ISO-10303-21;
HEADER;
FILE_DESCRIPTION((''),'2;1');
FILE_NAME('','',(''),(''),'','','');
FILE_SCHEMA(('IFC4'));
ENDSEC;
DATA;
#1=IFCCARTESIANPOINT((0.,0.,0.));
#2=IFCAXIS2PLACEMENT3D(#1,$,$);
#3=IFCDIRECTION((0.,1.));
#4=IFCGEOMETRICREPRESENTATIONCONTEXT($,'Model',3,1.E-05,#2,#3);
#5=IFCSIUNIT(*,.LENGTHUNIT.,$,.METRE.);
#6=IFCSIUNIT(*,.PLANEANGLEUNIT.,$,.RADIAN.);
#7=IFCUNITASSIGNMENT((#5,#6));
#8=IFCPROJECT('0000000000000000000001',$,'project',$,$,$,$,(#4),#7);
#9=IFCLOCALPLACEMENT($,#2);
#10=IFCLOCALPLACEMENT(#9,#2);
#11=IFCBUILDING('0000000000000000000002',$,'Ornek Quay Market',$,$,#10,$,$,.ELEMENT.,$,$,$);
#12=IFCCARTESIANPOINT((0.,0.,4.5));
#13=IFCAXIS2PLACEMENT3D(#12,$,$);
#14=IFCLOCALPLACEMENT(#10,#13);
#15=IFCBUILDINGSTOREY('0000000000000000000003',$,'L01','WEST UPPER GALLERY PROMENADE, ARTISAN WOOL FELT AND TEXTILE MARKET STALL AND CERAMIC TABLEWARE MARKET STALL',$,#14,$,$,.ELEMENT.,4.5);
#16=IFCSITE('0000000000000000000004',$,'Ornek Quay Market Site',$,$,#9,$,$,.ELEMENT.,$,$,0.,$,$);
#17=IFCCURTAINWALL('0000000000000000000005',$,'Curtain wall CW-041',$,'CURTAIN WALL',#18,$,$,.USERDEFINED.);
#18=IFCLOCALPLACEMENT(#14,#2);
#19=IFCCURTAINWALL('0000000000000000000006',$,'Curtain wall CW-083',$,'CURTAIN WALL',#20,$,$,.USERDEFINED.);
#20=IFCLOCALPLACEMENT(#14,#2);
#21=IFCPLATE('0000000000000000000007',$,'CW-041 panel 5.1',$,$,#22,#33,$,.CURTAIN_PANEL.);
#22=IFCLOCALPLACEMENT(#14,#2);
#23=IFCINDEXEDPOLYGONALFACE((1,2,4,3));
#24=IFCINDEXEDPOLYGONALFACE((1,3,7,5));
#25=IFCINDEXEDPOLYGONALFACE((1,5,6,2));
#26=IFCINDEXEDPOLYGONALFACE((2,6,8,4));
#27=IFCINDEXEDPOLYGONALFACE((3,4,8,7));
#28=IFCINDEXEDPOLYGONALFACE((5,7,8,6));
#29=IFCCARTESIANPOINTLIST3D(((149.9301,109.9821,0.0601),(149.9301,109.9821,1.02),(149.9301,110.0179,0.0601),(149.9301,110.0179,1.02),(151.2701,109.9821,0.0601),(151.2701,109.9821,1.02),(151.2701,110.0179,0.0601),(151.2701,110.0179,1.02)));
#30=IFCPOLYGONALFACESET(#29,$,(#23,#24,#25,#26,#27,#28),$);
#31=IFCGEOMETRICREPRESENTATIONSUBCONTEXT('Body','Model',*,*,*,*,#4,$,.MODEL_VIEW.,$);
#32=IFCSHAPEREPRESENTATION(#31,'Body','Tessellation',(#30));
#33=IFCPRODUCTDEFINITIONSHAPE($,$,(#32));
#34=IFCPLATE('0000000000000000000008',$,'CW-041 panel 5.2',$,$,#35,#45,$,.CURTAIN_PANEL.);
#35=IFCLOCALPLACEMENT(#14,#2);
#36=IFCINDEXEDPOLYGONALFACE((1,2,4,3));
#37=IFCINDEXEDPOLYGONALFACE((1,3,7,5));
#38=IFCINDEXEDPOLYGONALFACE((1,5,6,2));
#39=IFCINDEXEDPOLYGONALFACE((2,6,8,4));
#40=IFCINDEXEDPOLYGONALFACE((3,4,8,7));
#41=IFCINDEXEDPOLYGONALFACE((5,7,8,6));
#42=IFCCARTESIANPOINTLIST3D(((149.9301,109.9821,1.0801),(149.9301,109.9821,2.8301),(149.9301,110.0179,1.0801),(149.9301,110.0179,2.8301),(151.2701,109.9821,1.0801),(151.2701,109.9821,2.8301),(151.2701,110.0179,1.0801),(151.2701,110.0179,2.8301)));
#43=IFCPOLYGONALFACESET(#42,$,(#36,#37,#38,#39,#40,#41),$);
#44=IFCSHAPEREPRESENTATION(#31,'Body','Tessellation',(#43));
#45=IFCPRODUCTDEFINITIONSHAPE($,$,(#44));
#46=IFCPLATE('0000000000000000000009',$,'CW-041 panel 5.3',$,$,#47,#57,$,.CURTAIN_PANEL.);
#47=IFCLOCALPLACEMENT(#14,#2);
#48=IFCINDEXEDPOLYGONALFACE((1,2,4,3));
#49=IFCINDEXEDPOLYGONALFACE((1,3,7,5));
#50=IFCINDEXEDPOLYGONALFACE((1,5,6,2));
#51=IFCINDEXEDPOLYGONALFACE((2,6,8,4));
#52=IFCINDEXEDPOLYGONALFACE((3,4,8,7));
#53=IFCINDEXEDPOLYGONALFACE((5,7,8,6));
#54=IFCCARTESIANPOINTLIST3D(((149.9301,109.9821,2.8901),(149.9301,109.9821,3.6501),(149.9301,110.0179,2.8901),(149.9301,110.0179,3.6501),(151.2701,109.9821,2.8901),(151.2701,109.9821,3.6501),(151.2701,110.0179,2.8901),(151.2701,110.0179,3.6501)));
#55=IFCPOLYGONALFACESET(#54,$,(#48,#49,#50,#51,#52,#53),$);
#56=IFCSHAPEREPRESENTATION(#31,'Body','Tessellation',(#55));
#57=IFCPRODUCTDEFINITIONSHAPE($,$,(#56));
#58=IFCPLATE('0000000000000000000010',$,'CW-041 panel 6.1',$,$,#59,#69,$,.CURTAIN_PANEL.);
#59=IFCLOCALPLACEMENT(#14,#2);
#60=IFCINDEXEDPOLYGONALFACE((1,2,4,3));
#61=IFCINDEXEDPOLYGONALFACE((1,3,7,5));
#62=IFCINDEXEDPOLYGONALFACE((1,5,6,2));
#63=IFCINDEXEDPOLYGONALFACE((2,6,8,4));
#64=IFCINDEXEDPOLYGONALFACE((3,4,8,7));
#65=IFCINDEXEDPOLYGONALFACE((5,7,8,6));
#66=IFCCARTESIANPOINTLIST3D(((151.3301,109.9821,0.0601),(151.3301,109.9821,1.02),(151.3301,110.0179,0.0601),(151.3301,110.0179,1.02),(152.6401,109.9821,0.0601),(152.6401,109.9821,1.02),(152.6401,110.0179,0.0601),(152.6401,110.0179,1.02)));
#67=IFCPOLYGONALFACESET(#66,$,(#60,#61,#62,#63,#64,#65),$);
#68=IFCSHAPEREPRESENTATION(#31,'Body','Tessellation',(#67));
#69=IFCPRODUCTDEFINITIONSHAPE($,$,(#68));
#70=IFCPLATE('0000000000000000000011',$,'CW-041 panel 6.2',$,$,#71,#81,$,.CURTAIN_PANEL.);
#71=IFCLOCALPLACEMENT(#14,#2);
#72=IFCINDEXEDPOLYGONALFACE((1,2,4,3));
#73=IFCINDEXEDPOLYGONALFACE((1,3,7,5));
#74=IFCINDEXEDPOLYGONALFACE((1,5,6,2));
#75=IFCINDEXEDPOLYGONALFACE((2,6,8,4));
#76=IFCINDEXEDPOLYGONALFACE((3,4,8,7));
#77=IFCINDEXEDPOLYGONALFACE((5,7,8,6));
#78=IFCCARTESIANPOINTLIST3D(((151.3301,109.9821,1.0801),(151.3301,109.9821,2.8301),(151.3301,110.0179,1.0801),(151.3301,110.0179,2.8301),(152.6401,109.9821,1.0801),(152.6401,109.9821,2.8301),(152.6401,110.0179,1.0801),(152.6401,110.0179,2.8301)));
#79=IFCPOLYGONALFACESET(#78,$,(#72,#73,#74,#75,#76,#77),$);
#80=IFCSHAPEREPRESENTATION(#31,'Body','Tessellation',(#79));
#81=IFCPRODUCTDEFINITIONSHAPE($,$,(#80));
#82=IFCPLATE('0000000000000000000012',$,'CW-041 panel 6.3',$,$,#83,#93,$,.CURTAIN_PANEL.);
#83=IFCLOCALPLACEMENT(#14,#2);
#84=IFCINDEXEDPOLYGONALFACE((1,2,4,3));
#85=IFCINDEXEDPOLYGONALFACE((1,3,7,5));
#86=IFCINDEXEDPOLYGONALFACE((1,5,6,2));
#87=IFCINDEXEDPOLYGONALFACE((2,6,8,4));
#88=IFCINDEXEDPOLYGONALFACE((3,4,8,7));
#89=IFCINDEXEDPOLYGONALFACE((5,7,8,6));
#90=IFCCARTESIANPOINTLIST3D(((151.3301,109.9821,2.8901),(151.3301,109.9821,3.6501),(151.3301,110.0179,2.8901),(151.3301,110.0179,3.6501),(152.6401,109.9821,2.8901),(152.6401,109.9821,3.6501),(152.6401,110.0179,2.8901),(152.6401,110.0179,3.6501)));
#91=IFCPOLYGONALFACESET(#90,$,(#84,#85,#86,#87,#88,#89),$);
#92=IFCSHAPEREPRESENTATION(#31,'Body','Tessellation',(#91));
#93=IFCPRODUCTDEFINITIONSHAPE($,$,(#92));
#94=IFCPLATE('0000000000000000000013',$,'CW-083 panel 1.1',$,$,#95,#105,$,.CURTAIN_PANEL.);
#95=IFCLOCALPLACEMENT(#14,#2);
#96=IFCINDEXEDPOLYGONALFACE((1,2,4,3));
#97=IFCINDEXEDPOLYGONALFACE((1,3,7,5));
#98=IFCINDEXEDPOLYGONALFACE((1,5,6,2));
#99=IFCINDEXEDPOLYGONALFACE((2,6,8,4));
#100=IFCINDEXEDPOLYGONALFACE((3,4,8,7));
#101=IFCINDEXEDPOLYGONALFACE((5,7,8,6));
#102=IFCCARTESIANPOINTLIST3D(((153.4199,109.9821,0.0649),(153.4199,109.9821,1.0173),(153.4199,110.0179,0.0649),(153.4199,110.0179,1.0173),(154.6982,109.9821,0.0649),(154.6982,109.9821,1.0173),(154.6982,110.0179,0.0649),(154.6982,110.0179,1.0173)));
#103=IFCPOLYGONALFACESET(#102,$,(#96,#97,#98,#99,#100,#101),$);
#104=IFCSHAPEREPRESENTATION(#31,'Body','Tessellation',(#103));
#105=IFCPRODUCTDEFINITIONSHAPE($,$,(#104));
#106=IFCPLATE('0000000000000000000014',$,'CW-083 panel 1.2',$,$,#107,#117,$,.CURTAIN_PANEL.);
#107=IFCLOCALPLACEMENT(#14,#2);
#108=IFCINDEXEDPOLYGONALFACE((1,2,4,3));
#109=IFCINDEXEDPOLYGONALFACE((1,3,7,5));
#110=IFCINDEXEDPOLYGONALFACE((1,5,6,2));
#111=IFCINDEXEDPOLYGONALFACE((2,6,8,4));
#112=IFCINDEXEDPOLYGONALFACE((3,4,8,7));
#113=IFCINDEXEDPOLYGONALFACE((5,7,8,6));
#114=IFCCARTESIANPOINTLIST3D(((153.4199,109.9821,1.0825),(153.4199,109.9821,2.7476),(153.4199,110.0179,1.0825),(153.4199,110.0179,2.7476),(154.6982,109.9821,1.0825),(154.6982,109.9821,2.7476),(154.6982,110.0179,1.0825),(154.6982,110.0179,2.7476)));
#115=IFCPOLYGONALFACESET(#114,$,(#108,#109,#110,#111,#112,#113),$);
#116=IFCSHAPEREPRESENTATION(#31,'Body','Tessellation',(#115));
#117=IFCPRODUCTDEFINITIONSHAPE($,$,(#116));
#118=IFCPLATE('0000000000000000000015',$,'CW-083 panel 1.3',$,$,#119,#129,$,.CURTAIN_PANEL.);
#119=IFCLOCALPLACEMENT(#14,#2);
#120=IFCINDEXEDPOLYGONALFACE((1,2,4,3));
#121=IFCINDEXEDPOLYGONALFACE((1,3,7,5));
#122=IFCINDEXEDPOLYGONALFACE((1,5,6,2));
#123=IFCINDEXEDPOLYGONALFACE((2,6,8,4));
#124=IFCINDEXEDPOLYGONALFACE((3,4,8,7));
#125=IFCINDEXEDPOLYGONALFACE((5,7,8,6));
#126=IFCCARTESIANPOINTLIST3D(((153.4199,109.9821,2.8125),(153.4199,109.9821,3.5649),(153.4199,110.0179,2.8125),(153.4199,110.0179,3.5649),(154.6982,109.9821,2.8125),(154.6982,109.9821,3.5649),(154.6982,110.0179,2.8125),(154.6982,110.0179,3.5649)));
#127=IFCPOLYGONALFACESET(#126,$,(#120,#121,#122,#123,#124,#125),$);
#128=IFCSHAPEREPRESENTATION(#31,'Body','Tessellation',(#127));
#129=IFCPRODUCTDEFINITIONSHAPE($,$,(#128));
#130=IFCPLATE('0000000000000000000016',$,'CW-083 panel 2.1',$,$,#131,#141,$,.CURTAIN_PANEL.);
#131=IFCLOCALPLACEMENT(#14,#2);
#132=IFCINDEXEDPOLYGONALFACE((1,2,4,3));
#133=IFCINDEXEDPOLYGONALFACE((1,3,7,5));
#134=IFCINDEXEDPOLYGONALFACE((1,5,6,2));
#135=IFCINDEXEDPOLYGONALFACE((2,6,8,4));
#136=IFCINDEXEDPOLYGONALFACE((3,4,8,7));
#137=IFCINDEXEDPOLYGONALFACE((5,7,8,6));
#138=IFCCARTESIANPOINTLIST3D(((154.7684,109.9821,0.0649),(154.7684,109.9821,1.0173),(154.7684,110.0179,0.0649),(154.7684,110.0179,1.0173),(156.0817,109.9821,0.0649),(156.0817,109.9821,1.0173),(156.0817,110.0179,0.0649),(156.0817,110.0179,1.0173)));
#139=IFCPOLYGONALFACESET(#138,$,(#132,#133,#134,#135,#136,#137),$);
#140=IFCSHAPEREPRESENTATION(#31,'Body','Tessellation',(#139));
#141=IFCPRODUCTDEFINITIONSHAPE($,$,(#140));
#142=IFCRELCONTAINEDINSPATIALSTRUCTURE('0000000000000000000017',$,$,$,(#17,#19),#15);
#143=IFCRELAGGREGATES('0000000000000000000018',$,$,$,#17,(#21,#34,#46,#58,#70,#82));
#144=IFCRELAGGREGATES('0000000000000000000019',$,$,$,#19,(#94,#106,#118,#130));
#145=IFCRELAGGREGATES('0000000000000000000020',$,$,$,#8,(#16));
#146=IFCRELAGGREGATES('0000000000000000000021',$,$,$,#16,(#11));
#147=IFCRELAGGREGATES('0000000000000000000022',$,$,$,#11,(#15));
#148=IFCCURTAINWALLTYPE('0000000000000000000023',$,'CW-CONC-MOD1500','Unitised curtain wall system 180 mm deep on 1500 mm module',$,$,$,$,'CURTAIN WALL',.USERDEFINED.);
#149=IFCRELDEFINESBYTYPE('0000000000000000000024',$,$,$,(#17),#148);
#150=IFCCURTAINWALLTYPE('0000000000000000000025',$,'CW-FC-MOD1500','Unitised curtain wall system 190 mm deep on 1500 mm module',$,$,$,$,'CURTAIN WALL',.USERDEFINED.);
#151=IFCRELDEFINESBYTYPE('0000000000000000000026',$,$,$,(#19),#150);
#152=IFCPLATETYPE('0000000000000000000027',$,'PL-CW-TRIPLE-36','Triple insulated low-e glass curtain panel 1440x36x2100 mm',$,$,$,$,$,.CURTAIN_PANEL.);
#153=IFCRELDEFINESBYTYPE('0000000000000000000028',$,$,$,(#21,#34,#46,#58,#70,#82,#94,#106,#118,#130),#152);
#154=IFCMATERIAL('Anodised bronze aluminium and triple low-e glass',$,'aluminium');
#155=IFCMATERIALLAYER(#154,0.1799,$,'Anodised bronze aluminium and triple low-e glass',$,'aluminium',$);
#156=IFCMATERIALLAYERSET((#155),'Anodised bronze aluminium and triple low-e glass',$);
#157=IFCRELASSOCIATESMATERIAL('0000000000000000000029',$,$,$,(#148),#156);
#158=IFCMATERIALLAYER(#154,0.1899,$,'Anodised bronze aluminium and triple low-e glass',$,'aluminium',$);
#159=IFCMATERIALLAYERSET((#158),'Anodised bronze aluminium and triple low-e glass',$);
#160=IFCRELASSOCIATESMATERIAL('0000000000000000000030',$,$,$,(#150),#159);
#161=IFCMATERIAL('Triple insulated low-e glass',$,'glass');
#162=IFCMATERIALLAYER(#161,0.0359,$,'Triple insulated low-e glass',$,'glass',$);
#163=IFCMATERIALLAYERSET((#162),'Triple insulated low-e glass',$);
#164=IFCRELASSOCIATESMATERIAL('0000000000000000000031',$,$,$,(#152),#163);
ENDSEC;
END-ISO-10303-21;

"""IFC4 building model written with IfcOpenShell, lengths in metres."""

from ifc_helpers import new_model, si_unit, direction, frame, origin, origin_2d, place, context, subcontext, project, spatial, rectangle, extrude, material, layer, layer_set, type_object, element, aggregate, save


model = new_model("IFC4")

# Units and contexts
model_context = context("Model", 3, precision=1e-05, world=origin(), true_north=direction((0.0, 1.0)))
body_context = subcontext(model_context, "Body", "Model", "MODEL_VIEW")
ifc_project = project(units=[si_unit("LENGTHUNIT", "METRE"), si_unit("PLANEANGLEUNIT", "RADIAN")], contexts=[model_context])

# Site, building, storey
site_placement = place(None, origin())
site = spatial("IfcSite", under=ifc_project, at=site_placement, Name="Ornek Quay Market Site", CompositionType="ELEMENT", RefElevation=0.0)
building_placement = place(site_placement, origin())
building = spatial("IfcBuilding", under=site, at=building_placement, Name="Ornek Quay Market", CompositionType="ELEMENT")
storey_placement = place(building_placement, frame((0.0, 0.0, 4.5)))
storey = spatial("IfcBuildingStorey", under=building, at=storey_placement, Name="L01", Description="WEST UPPER GALLERY PROMENADE, ARTISAN WOOL FELT AND TEXTILE MARKET STALL AND CERAMIC TABLEWARE MARKET STALL", CompositionType="ELEMENT", Elevation=4.5)

# Curtain walls
ifc_material_1 = material(Name="Anodised bronze aluminium and triple low-e glass", Category="aluminium")
ifc_layer_1 = layer(ifc_material_1, 0.1799, Name="Anodised bronze aluminium and triple low-e glass", Category="aluminium")
ifc_layer_set_1 = layer_set([ifc_layer_1], Name="Anodised bronze aluminium and triple low-e glass")
curtain_wall_type_1 = type_object("IfcCurtainWallType", Name="CW-CONC-MOD1500", Description="Unitised curtain wall system 180 mm deep on 1500 mm module", ElementType="CURTAIN WALL", PredefinedType="USERDEFINED", material=ifc_layer_set_1)
curtain_wall_1_placement = place(storey_placement, origin())
curtain_wall_1 = element("IfcCurtainWall", 1, at=curtain_wall_1_placement, inside=storey, type_object=curtain_wall_type_1, Name="Curtain wall CW-041", ObjectType="CURTAIN WALL", PredefinedType="USERDEFINED")
ifc_layer_2 = layer(ifc_material_1, 0.1899, Name="Anodised bronze aluminium and triple low-e glass", Category="aluminium")
ifc_layer_set_2 = layer_set([ifc_layer_2], Name="Anodised bronze aluminium and triple low-e glass")
curtain_wall_type_2 = type_object("IfcCurtainWallType", Name="CW-FC-MOD1500", Description="Unitised curtain wall system 190 mm deep on 1500 mm module", ElementType="CURTAIN WALL", PredefinedType="USERDEFINED", material=ifc_layer_set_2)
curtain_wall_2_placement = place(storey_placement, origin())
curtain_wall_2 = element("IfcCurtainWall", 2, at=curtain_wall_2_placement, inside=storey, type_object=curtain_wall_type_2, Name="Curtain wall CW-083", ObjectType="CURTAIN WALL", PredefinedType="USERDEFINED")

# Plates
ifc_material_2 = material(Name="Triple insulated low-e glass", Category="glass")
ifc_layer_3 = layer(ifc_material_2, 0.0359, Name="Triple insulated low-e glass", Category="glass")
ifc_layer_set_3 = layer_set([ifc_layer_3], Name="Triple insulated low-e glass")
plate_type = type_object("IfcPlateType", Name="PL-CW-TRIPLE-36", Description="Triple insulated low-e glass curtain panel 1440x36x2100 mm", PredefinedType="CURTAIN_PANEL", material=ifc_layer_set_3)
plate_1_placement = place(storey_placement, frame((150.6001, 110.0, 0.0601), z_axis=(0.0, 0.0, 1.0), x_axis=(1.0, 0.0, 0.0)))
plate_1 = element("IfcPlate", 3, at=plate_1_placement, type_object=plate_type, Name="CW-041 panel 5.1", PredefinedType="CURTAIN_PANEL", context=body_context, shape_type="SweptSolid", body=[
    extrude(rectangle(XDim=1.3401, YDim=0.0359, at=origin_2d()), origin(), (0.0, 0.0, 1.0), 0.96),
])
plate_2_placement = place(storey_placement, frame((150.6001, 110.0, 1.0801), z_axis=(0.0, 0.0, 1.0), x_axis=(1.0, 0.0, 0.0)))
plate_2 = element("IfcPlate", 4, at=plate_2_placement, type_object=plate_type, Name="CW-041 panel 5.2", PredefinedType="CURTAIN_PANEL", context=body_context, shape_type="SweptSolid", body=[
    extrude(rectangle(XDim=1.3401, YDim=0.0359, at=origin_2d()), origin(), (0.0, 0.0, 1.0), 1.75),
])
plate_3_placement = place(storey_placement, frame((150.6001, 110.0, 2.8901), z_axis=(0.0, 0.0, 1.0), x_axis=(1.0, 0.0, 0.0)))
plate_3 = element("IfcPlate", 5, at=plate_3_placement, type_object=plate_type, Name="CW-041 panel 5.3", PredefinedType="CURTAIN_PANEL", context=body_context, shape_type="SweptSolid", body=[
    extrude(rectangle(XDim=1.3401, YDim=0.0359, at=origin_2d()), origin(), (0.0, 0.0, 1.0), 0.76),
])
plate_4_placement = place(storey_placement, frame((151.9851, 110.0, 0.0601), z_axis=(0.0, 0.0, 1.0), x_axis=(1.0, 0.0, 0.0)))
plate_4 = element("IfcPlate", 6, at=plate_4_placement, type_object=plate_type, Name="CW-041 panel 6.1", PredefinedType="CURTAIN_PANEL", context=body_context, shape_type="SweptSolid", body=[
    extrude(rectangle(XDim=1.3101, YDim=0.0359, at=origin_2d()), origin(), (0.0, 0.0, 1.0), 0.96),
])
plate_5_placement = place(storey_placement, frame((151.9851, 110.0, 1.0801), z_axis=(0.0, 0.0, 1.0), x_axis=(1.0, 0.0, 0.0)))
plate_5 = element("IfcPlate", 7, at=plate_5_placement, type_object=plate_type, Name="CW-041 panel 6.2", PredefinedType="CURTAIN_PANEL", context=body_context, shape_type="SweptSolid", body=[
    extrude(rectangle(XDim=1.3101, YDim=0.0359, at=origin_2d()), origin(), (0.0, 0.0, 1.0), 1.75),
])
plate_6_placement = place(storey_placement, frame((151.9851, 110.0, 2.8901), z_axis=(0.0, 0.0, 1.0), x_axis=(1.0, 0.0, 0.0)))
plate_6 = element("IfcPlate", 8, at=plate_6_placement, type_object=plate_type, Name="CW-041 panel 6.3", PredefinedType="CURTAIN_PANEL", context=body_context, shape_type="SweptSolid", body=[
    extrude(rectangle(XDim=1.3101, YDim=0.0359, at=origin_2d()), origin(), (0.0, 0.0, 1.0), 0.76),
])
aggregate(curtain_wall_1, [plate_1, plate_2, plate_3, plate_4, plate_5, plate_6])
plate_7_placement = place(storey_placement, frame((154.0591, 110.0, 0.0649), z_axis=(0.0, 0.0, 1.0), x_axis=(1.0, 0.0, 0.0)))
plate_7 = element("IfcPlate", 9, at=plate_7_placement, type_object=plate_type, Name="CW-083 panel 1.1", PredefinedType="CURTAIN_PANEL", context=body_context, shape_type="SweptSolid", body=[
    extrude(rectangle(XDim=1.2783, YDim=0.0359, at=origin_2d()), origin(), (0.0, 0.0, 1.0), 0.9524),
])
plate_8_placement = place(storey_placement, frame((154.0591, 110.0, 1.0825), z_axis=(0.0, 0.0, 1.0), x_axis=(1.0, 0.0, 0.0)))
plate_8 = element("IfcPlate", 10, at=plate_8_placement, type_object=plate_type, Name="CW-083 panel 1.2", PredefinedType="CURTAIN_PANEL", context=body_context, shape_type="SweptSolid", body=[
    extrude(rectangle(XDim=1.2783, YDim=0.0359, at=origin_2d()), origin(), (0.0, 0.0, 1.0), 1.665),
])
plate_9_placement = place(storey_placement, frame((154.0591, 110.0, 2.8125), z_axis=(0.0, 0.0, 1.0), x_axis=(1.0, 0.0, 0.0)))
plate_9 = element("IfcPlate", 11, at=plate_9_placement, type_object=plate_type, Name="CW-083 panel 1.3", PredefinedType="CURTAIN_PANEL", context=body_context, shape_type="SweptSolid", body=[
    extrude(rectangle(XDim=1.2783, YDim=0.0359, at=origin_2d()), origin(), (0.0, 0.0, 1.0), 0.7524),
])
plate_10_placement = place(storey_placement, frame((155.425, 110.0, 0.0649), z_axis=(0.0, 0.0, 1.0), x_axis=(1.0, 0.0, 0.0)))
plate_10 = element("IfcPlate", 12, at=plate_10_placement, type_object=plate_type, Name="CW-083 panel 2.1", PredefinedType="CURTAIN_PANEL", context=body_context, shape_type="SweptSolid", body=[
    extrude(rectangle(XDim=1.3132, YDim=0.0359, at=origin_2d()), origin(), (0.0, 0.0, 1.0), 0.9524),
])
aggregate(curtain_wall_2, [plate_7, plate_8, plate_9, plate_10])

save(model, "model.ifc")
